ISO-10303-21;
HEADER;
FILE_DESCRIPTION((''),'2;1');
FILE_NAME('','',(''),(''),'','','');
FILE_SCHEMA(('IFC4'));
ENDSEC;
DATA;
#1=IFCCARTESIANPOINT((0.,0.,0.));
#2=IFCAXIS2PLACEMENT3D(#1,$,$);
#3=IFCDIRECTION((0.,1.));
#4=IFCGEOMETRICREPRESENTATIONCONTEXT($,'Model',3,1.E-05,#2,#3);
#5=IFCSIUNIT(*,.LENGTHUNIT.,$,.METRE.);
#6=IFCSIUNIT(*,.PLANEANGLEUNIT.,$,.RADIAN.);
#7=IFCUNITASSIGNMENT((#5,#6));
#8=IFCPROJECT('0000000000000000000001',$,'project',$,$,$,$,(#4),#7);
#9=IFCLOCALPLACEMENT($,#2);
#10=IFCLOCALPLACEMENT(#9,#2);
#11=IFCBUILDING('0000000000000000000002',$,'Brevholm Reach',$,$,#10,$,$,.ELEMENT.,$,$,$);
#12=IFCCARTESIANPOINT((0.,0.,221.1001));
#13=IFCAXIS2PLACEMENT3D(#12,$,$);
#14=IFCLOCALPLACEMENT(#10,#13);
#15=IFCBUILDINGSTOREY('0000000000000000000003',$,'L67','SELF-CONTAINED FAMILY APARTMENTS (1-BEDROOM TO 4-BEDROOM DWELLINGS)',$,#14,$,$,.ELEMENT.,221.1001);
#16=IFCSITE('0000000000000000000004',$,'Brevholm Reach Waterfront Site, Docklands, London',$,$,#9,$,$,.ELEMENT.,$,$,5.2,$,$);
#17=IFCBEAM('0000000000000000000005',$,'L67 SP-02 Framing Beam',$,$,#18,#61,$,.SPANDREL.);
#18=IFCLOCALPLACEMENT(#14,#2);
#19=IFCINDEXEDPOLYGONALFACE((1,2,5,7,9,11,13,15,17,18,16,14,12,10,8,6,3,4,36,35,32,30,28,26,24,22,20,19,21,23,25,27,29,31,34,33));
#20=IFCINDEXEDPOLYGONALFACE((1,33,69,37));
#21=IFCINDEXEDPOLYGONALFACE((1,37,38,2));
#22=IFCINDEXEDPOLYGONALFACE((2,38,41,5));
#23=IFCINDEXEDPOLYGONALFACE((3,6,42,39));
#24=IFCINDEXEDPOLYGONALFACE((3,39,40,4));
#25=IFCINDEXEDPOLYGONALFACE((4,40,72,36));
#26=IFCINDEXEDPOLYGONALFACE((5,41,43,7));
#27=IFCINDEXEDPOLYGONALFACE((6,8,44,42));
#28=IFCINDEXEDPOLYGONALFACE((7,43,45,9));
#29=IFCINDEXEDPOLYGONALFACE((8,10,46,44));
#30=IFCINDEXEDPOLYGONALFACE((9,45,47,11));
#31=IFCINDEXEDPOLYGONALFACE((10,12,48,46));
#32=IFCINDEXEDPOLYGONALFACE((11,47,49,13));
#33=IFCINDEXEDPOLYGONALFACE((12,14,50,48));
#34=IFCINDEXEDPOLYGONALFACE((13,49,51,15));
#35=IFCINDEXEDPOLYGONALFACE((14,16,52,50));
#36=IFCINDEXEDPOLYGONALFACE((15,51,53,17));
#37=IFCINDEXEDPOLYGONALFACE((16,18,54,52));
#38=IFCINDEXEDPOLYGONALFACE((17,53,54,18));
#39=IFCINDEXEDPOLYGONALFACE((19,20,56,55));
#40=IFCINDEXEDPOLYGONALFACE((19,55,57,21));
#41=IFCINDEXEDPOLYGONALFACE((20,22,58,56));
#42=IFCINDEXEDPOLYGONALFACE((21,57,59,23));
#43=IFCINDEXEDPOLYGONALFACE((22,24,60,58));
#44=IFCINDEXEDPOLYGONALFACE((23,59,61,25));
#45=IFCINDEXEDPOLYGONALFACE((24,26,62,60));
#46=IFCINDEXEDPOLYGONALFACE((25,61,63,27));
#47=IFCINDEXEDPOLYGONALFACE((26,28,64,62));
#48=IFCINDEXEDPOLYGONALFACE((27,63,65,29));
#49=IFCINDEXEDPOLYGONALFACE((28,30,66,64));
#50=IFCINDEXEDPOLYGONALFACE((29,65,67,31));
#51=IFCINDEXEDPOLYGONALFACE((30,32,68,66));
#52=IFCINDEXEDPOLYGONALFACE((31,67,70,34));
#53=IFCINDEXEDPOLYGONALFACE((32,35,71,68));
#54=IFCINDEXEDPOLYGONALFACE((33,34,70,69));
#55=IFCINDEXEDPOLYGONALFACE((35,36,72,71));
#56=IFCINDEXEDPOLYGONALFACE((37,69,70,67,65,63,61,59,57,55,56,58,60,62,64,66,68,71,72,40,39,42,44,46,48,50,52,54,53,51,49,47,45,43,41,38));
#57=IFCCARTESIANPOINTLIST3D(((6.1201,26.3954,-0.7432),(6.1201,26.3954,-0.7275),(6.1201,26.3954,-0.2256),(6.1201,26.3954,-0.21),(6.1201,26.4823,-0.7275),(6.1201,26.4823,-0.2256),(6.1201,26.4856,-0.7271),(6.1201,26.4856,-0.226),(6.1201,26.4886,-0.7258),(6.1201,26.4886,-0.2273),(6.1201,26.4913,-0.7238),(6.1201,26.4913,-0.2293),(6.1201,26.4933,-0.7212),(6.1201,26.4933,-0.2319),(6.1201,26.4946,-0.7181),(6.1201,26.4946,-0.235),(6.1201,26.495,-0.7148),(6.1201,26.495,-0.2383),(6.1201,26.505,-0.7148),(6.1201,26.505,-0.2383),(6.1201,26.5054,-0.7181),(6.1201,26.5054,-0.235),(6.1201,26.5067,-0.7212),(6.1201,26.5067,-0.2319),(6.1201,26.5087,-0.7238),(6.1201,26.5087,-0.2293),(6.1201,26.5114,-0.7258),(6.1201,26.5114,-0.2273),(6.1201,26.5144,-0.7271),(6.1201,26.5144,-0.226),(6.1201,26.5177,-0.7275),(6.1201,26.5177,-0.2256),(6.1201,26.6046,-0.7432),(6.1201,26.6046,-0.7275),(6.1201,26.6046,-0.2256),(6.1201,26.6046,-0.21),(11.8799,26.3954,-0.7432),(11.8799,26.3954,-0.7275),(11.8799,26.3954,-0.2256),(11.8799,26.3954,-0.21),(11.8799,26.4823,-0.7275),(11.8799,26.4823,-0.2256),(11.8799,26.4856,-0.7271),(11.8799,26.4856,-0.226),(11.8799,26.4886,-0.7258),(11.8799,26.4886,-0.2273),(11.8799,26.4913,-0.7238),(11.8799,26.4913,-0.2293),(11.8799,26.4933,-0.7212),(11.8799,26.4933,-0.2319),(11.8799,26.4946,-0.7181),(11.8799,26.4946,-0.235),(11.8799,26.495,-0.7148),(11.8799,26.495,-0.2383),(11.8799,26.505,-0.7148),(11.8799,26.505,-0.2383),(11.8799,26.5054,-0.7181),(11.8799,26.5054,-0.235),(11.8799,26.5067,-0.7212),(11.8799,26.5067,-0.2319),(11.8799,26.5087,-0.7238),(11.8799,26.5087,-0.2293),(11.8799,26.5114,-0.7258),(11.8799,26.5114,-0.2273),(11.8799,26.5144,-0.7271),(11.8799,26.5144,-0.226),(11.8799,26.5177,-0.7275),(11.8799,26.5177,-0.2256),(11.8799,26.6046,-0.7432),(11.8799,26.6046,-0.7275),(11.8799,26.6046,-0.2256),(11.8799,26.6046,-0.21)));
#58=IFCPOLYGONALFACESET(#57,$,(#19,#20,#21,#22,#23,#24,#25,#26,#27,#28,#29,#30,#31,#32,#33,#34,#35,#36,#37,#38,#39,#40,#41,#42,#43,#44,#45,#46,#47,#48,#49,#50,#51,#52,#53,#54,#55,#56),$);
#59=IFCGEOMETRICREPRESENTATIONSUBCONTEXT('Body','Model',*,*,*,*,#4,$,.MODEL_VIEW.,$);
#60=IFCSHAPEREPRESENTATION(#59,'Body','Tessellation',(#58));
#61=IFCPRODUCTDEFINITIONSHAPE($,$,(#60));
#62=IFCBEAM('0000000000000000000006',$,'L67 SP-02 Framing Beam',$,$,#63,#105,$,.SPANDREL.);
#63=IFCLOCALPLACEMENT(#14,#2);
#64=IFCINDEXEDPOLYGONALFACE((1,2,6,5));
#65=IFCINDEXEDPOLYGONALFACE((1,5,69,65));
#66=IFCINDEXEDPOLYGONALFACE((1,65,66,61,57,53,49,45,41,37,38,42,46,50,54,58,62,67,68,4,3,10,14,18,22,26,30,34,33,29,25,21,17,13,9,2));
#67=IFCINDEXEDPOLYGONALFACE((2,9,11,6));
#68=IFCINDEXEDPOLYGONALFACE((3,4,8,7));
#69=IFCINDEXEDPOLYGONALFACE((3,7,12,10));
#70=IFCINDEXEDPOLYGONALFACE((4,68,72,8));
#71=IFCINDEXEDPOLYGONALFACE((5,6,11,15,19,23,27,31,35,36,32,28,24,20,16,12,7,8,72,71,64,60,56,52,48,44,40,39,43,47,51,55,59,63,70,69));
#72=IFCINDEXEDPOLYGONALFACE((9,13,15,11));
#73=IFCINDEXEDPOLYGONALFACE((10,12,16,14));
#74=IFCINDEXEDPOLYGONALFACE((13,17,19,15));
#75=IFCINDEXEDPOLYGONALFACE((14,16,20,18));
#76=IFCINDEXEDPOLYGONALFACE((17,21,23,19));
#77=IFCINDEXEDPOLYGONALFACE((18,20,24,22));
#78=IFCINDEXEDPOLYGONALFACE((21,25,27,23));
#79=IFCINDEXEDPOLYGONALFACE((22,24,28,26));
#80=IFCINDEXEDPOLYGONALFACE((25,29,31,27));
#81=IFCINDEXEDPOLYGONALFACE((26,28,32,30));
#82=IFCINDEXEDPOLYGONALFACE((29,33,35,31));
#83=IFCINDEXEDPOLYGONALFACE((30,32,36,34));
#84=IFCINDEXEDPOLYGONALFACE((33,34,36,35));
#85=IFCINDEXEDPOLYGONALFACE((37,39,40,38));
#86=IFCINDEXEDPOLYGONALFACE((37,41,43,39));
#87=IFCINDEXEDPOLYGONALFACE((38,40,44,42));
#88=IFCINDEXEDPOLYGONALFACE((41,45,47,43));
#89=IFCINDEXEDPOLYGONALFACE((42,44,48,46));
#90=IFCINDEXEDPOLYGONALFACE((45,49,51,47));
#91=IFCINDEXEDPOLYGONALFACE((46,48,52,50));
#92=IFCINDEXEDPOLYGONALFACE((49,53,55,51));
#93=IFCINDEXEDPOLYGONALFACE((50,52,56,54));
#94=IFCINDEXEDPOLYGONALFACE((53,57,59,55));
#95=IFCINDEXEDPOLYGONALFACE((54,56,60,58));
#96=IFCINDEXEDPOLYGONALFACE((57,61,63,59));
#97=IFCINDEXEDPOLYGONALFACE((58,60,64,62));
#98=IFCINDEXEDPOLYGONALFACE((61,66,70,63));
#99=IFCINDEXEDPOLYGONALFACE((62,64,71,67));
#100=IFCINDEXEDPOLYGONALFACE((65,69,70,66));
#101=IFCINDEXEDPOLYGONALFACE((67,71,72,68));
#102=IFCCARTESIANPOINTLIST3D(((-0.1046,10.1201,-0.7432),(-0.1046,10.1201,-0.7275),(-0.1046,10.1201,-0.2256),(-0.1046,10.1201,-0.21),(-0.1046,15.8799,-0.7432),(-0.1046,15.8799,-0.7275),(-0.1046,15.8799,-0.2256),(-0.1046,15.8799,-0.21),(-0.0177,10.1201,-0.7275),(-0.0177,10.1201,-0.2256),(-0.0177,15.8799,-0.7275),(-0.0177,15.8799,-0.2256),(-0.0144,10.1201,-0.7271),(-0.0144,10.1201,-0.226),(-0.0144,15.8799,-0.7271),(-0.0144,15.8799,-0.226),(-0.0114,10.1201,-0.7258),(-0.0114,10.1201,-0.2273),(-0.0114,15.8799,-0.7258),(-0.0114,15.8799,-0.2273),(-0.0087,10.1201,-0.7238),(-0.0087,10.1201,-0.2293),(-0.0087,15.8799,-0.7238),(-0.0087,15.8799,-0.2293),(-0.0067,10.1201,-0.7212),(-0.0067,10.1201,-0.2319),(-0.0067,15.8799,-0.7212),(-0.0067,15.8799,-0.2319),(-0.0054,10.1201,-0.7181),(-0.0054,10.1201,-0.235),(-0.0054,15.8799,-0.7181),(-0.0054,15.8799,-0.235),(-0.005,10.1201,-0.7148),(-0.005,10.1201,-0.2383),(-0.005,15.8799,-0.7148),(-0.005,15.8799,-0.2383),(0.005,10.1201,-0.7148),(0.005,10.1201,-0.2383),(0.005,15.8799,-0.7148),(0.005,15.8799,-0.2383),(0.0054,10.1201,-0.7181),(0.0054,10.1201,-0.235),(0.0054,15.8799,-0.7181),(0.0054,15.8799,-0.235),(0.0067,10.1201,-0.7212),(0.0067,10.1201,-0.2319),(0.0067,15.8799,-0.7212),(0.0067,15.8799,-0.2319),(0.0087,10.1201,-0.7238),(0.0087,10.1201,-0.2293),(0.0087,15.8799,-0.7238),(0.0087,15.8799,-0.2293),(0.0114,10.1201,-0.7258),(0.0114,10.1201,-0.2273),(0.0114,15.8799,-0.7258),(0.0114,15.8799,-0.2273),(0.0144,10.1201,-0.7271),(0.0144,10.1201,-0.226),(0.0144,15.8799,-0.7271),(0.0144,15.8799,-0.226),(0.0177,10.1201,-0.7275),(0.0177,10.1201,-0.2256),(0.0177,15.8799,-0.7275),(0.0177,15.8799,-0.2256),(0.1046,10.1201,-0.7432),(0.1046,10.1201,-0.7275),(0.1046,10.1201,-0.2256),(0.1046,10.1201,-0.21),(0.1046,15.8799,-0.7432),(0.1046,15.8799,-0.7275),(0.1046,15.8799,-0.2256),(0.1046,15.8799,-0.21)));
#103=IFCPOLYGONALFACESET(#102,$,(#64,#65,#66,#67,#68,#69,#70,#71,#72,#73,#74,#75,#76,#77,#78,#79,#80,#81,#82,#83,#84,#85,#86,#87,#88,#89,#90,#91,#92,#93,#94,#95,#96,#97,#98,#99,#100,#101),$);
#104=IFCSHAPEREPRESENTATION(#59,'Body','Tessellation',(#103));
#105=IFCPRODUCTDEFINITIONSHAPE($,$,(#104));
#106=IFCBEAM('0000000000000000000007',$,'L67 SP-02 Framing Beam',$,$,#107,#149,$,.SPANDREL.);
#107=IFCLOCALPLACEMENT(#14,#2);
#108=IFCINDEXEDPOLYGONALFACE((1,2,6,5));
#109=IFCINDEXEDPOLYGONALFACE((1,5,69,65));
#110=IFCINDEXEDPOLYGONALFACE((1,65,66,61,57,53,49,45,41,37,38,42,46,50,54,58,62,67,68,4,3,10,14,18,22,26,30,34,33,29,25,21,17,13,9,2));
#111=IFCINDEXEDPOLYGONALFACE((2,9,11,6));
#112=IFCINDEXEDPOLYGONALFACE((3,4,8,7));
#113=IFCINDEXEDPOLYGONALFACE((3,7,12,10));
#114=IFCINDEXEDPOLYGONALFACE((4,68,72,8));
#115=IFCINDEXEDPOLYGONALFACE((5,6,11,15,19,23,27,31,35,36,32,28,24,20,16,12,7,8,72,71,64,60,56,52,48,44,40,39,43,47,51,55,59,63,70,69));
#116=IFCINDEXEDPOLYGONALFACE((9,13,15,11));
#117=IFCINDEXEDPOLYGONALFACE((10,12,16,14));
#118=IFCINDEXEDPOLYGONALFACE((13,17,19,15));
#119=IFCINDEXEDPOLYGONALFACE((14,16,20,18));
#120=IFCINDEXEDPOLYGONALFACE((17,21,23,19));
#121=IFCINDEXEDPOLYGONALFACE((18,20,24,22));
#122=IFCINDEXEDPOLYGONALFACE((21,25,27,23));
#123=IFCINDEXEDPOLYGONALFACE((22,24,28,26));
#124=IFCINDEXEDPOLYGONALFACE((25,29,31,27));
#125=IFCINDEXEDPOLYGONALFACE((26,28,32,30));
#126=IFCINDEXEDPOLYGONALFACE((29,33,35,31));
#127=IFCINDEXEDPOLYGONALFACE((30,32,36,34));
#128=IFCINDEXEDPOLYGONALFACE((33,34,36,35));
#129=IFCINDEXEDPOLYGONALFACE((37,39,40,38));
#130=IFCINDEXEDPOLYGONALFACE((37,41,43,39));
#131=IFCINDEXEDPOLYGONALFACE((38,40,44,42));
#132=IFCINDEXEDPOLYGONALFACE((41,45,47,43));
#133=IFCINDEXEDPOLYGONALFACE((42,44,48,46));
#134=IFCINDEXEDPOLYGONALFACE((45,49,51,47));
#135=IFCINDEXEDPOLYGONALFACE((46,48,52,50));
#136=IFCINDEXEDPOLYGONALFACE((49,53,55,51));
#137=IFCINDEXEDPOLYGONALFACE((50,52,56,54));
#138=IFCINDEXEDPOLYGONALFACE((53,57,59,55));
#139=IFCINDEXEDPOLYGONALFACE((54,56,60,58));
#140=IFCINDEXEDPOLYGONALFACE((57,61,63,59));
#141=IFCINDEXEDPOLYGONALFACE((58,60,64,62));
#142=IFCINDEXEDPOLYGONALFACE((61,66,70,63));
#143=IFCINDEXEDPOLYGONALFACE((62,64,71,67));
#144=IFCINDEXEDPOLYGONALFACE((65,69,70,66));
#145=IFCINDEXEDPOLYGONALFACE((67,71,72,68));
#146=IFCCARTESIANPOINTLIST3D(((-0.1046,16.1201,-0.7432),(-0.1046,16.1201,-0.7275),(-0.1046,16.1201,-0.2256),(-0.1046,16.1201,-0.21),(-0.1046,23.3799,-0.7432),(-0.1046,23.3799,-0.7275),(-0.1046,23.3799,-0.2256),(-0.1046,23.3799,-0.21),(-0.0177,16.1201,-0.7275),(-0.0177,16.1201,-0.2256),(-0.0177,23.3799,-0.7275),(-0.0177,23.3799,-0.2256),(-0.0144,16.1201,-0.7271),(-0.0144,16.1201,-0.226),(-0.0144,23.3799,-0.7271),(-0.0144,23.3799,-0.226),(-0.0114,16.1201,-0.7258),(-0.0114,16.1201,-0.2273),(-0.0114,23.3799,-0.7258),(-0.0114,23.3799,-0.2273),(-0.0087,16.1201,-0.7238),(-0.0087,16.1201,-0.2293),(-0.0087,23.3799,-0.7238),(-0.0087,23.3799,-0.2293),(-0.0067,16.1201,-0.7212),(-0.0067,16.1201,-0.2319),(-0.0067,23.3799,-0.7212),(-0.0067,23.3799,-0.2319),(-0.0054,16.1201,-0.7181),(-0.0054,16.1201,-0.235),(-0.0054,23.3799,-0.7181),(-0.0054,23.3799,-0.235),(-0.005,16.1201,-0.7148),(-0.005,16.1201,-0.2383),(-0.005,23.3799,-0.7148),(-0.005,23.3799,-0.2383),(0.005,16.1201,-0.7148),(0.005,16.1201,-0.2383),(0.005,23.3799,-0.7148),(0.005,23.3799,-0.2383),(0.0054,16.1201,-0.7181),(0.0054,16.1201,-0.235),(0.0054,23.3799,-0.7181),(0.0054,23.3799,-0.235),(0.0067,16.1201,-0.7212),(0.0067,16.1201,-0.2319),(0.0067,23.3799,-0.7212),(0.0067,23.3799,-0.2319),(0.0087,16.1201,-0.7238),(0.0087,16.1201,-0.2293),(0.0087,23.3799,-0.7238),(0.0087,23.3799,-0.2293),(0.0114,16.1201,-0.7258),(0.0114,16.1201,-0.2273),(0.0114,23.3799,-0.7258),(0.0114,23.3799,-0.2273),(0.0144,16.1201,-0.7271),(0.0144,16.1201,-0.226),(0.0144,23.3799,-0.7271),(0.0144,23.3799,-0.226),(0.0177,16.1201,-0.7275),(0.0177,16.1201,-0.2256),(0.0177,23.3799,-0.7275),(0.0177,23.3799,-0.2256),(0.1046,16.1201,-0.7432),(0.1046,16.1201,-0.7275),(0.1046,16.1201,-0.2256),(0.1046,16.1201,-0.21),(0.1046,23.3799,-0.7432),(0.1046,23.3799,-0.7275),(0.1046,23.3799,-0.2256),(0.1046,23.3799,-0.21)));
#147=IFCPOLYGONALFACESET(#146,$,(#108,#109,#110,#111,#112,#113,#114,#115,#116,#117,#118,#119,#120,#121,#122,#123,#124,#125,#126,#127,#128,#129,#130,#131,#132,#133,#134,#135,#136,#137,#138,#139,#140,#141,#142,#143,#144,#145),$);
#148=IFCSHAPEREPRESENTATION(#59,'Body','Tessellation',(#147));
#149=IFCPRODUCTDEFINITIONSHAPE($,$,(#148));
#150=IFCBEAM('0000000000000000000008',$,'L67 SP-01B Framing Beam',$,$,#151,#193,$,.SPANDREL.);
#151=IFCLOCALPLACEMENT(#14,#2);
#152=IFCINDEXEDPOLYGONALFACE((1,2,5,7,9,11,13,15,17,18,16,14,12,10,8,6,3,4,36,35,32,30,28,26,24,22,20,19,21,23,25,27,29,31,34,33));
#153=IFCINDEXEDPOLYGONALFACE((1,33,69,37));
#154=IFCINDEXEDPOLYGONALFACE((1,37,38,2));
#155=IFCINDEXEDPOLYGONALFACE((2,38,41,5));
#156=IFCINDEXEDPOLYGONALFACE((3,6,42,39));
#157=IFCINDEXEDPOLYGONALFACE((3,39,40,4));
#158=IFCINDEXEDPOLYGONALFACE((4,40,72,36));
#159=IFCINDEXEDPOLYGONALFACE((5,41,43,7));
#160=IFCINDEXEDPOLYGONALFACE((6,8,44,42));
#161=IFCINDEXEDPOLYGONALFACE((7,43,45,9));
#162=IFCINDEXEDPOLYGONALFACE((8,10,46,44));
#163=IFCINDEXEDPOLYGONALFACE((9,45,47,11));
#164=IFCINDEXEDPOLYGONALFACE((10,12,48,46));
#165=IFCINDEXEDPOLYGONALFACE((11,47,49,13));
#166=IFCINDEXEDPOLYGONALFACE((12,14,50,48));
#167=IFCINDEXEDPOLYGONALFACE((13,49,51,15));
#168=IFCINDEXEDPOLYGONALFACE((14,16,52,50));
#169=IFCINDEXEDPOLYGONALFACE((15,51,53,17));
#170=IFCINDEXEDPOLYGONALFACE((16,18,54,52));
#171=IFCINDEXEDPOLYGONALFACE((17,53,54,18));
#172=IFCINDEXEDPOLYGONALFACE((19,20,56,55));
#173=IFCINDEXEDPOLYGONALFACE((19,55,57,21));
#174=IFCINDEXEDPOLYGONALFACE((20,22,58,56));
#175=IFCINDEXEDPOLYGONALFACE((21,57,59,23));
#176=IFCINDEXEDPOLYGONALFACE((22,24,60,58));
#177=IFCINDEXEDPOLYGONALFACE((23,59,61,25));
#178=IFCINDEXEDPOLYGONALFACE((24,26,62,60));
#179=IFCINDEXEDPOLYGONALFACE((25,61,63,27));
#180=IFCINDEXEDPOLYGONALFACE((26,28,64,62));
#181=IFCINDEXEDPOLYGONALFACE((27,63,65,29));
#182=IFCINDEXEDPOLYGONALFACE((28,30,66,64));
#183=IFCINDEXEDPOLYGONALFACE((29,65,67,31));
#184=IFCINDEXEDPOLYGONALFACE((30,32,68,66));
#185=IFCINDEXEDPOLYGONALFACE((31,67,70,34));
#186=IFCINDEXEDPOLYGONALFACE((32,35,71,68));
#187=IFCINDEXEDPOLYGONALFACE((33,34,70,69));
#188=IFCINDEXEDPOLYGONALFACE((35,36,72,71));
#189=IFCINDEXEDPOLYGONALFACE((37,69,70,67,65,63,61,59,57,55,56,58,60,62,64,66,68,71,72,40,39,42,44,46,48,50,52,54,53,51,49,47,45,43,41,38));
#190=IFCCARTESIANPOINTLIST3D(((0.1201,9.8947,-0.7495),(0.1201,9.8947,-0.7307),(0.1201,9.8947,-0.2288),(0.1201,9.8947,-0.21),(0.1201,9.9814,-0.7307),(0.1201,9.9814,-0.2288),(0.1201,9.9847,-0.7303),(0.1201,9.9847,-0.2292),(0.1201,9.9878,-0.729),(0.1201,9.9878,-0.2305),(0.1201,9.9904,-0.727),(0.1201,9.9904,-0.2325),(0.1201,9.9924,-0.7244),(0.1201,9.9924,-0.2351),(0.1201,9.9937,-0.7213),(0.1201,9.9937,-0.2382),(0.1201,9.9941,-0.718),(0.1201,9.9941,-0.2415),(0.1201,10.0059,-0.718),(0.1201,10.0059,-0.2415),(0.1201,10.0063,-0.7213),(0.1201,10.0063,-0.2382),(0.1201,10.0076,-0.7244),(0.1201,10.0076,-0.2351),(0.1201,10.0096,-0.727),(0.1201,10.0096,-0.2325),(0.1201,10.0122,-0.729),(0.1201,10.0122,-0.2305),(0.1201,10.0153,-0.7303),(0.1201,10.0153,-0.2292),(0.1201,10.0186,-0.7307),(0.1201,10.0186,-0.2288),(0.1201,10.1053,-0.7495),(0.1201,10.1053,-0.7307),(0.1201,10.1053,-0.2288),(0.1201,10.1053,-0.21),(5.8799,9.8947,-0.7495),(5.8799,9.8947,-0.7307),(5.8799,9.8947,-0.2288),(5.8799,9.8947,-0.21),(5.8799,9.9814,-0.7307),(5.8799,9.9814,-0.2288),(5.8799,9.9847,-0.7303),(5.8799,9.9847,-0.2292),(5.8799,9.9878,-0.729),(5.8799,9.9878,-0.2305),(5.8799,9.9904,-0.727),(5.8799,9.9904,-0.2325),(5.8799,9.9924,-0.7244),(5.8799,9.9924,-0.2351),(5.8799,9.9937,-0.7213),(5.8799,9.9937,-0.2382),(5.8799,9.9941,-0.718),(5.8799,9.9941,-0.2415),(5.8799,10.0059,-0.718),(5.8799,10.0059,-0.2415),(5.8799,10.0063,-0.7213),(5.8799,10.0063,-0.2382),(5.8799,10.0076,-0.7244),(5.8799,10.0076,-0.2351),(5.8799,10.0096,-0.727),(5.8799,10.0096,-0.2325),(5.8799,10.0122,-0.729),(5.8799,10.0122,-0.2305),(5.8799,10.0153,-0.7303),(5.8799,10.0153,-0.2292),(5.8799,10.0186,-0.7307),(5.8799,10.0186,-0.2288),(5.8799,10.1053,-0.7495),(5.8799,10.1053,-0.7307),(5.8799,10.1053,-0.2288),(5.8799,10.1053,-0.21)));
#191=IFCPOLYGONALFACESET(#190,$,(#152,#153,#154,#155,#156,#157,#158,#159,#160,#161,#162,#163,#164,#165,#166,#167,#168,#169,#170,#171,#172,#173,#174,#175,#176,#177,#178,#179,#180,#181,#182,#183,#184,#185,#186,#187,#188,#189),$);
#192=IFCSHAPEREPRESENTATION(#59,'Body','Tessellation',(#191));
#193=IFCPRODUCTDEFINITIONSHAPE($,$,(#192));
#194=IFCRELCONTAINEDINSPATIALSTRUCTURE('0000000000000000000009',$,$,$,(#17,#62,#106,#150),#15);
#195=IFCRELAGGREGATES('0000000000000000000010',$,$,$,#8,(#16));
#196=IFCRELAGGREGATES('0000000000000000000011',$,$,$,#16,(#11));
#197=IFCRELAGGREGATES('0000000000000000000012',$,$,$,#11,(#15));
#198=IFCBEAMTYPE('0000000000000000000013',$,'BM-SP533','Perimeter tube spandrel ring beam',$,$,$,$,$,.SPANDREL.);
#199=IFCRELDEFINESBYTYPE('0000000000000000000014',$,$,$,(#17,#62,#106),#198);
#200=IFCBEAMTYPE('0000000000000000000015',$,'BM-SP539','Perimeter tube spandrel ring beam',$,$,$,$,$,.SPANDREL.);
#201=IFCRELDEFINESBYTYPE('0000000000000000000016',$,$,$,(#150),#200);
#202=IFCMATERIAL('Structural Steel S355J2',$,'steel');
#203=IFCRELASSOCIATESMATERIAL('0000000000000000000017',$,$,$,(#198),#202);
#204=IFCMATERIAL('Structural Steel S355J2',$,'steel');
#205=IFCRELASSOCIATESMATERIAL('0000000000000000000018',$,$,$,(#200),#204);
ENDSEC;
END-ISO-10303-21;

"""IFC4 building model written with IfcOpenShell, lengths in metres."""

from ifc_helpers import new_model, si_unit, direction, frame, origin, origin_2d, place, context, subcontext, project, spatial, i_section, extrude, material, material_profile, profile_set, type_object, element, save


model = new_model("IFC4")

# Units and contexts
model_context = context("Model", 3, precision=1e-05, world=origin(), true_north=direction((0.0, 1.0)))
body_context = subcontext(model_context, "Body", "Model", "MODEL_VIEW")
ifc_project = project(units=[si_unit("LENGTHUNIT", "METRE"), si_unit("PLANEANGLEUNIT", "RADIAN")], contexts=[model_context])

# Site, building, storey
site_placement = place(None, origin())
site = spatial("IfcSite", under=ifc_project, at=site_placement, Name="Brevholm Reach Waterfront Site, Docklands, London", CompositionType="ELEMENT", RefElevation=5.2)
building_placement = place(site_placement, origin())
building = spatial("IfcBuilding", under=site, at=building_placement, Name="Brevholm Reach", CompositionType="ELEMENT")
storey_placement = place(building_placement, frame((0.0, 0.0, 221.1001)))
storey = spatial("IfcBuildingStorey", under=building, at=storey_placement, Name="L67", Description="SELF-CONTAINED FAMILY APARTMENTS (1-BEDROOM TO 4-BEDROOM DWELLINGS)", CompositionType="ELEMENT", Elevation=221.1001)

# Beams
ifc_material_1 = material(Name="Structural Steel S355J2", Category="steel")
ifc_material_profile_1 = material_profile(ifc_material_1, i_section(OverallWidth=0.2092, OverallDepth=0.5332, WebThickness=0.01, FlangeThickness=0.0156, FilletRadius=0.0127, at=origin_2d()), Name="UKB 533x210x92")
ifc_profile_set_1 = profile_set([ifc_material_profile_1], Name="Structural Steel S355J2")
beam_type_1 = type_object("IfcBeamType", Name="BM-SP533", Description="Perimeter tube spandrel ring beam", PredefinedType="SPANDREL", material=ifc_profile_set_1)
for number, where, z_axis, x_axis, name in (
    (1, (6.1201, 26.5, -0.4766), (1.0, 0.0, 0.0), (0.0, 1.0, 0.0), "L67 SP-02 Framing Beam"),
    (2, (0.0, 10.1201, -0.4766), (0.0, 1.0, 0.0), (-1.0, 0.0, 0.0), "L67 SP-02 Framing Beam"),
):
    element("IfcBeam", number, at=place(storey_placement, frame(where, z_axis=z_axis, x_axis=x_axis)), inside=storey, type_object=beam_type_1, Name=name, PredefinedType="SPANDREL", context=body_context, shape_type="SweptSolid", body=[
        extrude(i_section(OverallWidth=0.2092, OverallDepth=0.5332, WebThickness=0.01, FlangeThickness=0.0156, FilletRadius=0.0127, at=origin_2d()), origin(), (0.0, 0.0, 1.0), 5.7598),
    ])
beam_1_placement = place(storey_placement, frame((0.0, 16.1201, -0.4766), z_axis=(0.0, 1.0, 0.0), x_axis=(-1.0, 0.0, 0.0)))
element("IfcBeam", 3, at=beam_1_placement, inside=storey, type_object=beam_type_1, Name="L67 SP-02 Framing Beam", PredefinedType="SPANDREL", context=body_context, shape_type="SweptSolid", body=[
    extrude(i_section(OverallWidth=0.2092, OverallDepth=0.5332, WebThickness=0.01, FlangeThickness=0.0156, FilletRadius=0.0127, at=origin_2d()), origin(), (0.0, 0.0, 1.0), 7.2598),
])
ifc_material_2 = material(Name="Structural Steel S355J2", Category="steel")
ifc_material_profile_2 = material_profile(ifc_material_2, i_section(OverallWidth=0.2107, OverallDepth=0.5396, WebThickness=0.0117, FlangeThickness=0.0188, FilletRadius=0.0127, at=origin_2d()), Name="UKB 533x210x109")
ifc_profile_set_2 = profile_set([ifc_material_profile_2], Name="Structural Steel S355J2")
beam_type_2 = type_object("IfcBeamType", Name="BM-SP539", Description="Perimeter tube spandrel ring beam", PredefinedType="SPANDREL", material=ifc_profile_set_2)
for number, where, z_axis, x_axis, name in (
    (4, (0.1201, 10.0, -0.4797), (1.0, 0.0, 0.0), (0.0, 1.0, 0.0), "L67 SP-01B Framing Beam"),
):
    element("IfcBeam", number, at=place(storey_placement, frame(where, z_axis=z_axis, x_axis=x_axis)), inside=storey, type_object=beam_type_2, Name=name, PredefinedType="SPANDREL", context=body_context, shape_type="SweptSolid", body=[
        extrude(i_section(OverallWidth=0.2107, OverallDepth=0.5396, WebThickness=0.0117, FlangeThickness=0.0188, FilletRadius=0.0127, at=origin_2d()), origin(), (0.0, 0.0, 1.0), 5.7598),
    ])

save(model, "model.ifc")
